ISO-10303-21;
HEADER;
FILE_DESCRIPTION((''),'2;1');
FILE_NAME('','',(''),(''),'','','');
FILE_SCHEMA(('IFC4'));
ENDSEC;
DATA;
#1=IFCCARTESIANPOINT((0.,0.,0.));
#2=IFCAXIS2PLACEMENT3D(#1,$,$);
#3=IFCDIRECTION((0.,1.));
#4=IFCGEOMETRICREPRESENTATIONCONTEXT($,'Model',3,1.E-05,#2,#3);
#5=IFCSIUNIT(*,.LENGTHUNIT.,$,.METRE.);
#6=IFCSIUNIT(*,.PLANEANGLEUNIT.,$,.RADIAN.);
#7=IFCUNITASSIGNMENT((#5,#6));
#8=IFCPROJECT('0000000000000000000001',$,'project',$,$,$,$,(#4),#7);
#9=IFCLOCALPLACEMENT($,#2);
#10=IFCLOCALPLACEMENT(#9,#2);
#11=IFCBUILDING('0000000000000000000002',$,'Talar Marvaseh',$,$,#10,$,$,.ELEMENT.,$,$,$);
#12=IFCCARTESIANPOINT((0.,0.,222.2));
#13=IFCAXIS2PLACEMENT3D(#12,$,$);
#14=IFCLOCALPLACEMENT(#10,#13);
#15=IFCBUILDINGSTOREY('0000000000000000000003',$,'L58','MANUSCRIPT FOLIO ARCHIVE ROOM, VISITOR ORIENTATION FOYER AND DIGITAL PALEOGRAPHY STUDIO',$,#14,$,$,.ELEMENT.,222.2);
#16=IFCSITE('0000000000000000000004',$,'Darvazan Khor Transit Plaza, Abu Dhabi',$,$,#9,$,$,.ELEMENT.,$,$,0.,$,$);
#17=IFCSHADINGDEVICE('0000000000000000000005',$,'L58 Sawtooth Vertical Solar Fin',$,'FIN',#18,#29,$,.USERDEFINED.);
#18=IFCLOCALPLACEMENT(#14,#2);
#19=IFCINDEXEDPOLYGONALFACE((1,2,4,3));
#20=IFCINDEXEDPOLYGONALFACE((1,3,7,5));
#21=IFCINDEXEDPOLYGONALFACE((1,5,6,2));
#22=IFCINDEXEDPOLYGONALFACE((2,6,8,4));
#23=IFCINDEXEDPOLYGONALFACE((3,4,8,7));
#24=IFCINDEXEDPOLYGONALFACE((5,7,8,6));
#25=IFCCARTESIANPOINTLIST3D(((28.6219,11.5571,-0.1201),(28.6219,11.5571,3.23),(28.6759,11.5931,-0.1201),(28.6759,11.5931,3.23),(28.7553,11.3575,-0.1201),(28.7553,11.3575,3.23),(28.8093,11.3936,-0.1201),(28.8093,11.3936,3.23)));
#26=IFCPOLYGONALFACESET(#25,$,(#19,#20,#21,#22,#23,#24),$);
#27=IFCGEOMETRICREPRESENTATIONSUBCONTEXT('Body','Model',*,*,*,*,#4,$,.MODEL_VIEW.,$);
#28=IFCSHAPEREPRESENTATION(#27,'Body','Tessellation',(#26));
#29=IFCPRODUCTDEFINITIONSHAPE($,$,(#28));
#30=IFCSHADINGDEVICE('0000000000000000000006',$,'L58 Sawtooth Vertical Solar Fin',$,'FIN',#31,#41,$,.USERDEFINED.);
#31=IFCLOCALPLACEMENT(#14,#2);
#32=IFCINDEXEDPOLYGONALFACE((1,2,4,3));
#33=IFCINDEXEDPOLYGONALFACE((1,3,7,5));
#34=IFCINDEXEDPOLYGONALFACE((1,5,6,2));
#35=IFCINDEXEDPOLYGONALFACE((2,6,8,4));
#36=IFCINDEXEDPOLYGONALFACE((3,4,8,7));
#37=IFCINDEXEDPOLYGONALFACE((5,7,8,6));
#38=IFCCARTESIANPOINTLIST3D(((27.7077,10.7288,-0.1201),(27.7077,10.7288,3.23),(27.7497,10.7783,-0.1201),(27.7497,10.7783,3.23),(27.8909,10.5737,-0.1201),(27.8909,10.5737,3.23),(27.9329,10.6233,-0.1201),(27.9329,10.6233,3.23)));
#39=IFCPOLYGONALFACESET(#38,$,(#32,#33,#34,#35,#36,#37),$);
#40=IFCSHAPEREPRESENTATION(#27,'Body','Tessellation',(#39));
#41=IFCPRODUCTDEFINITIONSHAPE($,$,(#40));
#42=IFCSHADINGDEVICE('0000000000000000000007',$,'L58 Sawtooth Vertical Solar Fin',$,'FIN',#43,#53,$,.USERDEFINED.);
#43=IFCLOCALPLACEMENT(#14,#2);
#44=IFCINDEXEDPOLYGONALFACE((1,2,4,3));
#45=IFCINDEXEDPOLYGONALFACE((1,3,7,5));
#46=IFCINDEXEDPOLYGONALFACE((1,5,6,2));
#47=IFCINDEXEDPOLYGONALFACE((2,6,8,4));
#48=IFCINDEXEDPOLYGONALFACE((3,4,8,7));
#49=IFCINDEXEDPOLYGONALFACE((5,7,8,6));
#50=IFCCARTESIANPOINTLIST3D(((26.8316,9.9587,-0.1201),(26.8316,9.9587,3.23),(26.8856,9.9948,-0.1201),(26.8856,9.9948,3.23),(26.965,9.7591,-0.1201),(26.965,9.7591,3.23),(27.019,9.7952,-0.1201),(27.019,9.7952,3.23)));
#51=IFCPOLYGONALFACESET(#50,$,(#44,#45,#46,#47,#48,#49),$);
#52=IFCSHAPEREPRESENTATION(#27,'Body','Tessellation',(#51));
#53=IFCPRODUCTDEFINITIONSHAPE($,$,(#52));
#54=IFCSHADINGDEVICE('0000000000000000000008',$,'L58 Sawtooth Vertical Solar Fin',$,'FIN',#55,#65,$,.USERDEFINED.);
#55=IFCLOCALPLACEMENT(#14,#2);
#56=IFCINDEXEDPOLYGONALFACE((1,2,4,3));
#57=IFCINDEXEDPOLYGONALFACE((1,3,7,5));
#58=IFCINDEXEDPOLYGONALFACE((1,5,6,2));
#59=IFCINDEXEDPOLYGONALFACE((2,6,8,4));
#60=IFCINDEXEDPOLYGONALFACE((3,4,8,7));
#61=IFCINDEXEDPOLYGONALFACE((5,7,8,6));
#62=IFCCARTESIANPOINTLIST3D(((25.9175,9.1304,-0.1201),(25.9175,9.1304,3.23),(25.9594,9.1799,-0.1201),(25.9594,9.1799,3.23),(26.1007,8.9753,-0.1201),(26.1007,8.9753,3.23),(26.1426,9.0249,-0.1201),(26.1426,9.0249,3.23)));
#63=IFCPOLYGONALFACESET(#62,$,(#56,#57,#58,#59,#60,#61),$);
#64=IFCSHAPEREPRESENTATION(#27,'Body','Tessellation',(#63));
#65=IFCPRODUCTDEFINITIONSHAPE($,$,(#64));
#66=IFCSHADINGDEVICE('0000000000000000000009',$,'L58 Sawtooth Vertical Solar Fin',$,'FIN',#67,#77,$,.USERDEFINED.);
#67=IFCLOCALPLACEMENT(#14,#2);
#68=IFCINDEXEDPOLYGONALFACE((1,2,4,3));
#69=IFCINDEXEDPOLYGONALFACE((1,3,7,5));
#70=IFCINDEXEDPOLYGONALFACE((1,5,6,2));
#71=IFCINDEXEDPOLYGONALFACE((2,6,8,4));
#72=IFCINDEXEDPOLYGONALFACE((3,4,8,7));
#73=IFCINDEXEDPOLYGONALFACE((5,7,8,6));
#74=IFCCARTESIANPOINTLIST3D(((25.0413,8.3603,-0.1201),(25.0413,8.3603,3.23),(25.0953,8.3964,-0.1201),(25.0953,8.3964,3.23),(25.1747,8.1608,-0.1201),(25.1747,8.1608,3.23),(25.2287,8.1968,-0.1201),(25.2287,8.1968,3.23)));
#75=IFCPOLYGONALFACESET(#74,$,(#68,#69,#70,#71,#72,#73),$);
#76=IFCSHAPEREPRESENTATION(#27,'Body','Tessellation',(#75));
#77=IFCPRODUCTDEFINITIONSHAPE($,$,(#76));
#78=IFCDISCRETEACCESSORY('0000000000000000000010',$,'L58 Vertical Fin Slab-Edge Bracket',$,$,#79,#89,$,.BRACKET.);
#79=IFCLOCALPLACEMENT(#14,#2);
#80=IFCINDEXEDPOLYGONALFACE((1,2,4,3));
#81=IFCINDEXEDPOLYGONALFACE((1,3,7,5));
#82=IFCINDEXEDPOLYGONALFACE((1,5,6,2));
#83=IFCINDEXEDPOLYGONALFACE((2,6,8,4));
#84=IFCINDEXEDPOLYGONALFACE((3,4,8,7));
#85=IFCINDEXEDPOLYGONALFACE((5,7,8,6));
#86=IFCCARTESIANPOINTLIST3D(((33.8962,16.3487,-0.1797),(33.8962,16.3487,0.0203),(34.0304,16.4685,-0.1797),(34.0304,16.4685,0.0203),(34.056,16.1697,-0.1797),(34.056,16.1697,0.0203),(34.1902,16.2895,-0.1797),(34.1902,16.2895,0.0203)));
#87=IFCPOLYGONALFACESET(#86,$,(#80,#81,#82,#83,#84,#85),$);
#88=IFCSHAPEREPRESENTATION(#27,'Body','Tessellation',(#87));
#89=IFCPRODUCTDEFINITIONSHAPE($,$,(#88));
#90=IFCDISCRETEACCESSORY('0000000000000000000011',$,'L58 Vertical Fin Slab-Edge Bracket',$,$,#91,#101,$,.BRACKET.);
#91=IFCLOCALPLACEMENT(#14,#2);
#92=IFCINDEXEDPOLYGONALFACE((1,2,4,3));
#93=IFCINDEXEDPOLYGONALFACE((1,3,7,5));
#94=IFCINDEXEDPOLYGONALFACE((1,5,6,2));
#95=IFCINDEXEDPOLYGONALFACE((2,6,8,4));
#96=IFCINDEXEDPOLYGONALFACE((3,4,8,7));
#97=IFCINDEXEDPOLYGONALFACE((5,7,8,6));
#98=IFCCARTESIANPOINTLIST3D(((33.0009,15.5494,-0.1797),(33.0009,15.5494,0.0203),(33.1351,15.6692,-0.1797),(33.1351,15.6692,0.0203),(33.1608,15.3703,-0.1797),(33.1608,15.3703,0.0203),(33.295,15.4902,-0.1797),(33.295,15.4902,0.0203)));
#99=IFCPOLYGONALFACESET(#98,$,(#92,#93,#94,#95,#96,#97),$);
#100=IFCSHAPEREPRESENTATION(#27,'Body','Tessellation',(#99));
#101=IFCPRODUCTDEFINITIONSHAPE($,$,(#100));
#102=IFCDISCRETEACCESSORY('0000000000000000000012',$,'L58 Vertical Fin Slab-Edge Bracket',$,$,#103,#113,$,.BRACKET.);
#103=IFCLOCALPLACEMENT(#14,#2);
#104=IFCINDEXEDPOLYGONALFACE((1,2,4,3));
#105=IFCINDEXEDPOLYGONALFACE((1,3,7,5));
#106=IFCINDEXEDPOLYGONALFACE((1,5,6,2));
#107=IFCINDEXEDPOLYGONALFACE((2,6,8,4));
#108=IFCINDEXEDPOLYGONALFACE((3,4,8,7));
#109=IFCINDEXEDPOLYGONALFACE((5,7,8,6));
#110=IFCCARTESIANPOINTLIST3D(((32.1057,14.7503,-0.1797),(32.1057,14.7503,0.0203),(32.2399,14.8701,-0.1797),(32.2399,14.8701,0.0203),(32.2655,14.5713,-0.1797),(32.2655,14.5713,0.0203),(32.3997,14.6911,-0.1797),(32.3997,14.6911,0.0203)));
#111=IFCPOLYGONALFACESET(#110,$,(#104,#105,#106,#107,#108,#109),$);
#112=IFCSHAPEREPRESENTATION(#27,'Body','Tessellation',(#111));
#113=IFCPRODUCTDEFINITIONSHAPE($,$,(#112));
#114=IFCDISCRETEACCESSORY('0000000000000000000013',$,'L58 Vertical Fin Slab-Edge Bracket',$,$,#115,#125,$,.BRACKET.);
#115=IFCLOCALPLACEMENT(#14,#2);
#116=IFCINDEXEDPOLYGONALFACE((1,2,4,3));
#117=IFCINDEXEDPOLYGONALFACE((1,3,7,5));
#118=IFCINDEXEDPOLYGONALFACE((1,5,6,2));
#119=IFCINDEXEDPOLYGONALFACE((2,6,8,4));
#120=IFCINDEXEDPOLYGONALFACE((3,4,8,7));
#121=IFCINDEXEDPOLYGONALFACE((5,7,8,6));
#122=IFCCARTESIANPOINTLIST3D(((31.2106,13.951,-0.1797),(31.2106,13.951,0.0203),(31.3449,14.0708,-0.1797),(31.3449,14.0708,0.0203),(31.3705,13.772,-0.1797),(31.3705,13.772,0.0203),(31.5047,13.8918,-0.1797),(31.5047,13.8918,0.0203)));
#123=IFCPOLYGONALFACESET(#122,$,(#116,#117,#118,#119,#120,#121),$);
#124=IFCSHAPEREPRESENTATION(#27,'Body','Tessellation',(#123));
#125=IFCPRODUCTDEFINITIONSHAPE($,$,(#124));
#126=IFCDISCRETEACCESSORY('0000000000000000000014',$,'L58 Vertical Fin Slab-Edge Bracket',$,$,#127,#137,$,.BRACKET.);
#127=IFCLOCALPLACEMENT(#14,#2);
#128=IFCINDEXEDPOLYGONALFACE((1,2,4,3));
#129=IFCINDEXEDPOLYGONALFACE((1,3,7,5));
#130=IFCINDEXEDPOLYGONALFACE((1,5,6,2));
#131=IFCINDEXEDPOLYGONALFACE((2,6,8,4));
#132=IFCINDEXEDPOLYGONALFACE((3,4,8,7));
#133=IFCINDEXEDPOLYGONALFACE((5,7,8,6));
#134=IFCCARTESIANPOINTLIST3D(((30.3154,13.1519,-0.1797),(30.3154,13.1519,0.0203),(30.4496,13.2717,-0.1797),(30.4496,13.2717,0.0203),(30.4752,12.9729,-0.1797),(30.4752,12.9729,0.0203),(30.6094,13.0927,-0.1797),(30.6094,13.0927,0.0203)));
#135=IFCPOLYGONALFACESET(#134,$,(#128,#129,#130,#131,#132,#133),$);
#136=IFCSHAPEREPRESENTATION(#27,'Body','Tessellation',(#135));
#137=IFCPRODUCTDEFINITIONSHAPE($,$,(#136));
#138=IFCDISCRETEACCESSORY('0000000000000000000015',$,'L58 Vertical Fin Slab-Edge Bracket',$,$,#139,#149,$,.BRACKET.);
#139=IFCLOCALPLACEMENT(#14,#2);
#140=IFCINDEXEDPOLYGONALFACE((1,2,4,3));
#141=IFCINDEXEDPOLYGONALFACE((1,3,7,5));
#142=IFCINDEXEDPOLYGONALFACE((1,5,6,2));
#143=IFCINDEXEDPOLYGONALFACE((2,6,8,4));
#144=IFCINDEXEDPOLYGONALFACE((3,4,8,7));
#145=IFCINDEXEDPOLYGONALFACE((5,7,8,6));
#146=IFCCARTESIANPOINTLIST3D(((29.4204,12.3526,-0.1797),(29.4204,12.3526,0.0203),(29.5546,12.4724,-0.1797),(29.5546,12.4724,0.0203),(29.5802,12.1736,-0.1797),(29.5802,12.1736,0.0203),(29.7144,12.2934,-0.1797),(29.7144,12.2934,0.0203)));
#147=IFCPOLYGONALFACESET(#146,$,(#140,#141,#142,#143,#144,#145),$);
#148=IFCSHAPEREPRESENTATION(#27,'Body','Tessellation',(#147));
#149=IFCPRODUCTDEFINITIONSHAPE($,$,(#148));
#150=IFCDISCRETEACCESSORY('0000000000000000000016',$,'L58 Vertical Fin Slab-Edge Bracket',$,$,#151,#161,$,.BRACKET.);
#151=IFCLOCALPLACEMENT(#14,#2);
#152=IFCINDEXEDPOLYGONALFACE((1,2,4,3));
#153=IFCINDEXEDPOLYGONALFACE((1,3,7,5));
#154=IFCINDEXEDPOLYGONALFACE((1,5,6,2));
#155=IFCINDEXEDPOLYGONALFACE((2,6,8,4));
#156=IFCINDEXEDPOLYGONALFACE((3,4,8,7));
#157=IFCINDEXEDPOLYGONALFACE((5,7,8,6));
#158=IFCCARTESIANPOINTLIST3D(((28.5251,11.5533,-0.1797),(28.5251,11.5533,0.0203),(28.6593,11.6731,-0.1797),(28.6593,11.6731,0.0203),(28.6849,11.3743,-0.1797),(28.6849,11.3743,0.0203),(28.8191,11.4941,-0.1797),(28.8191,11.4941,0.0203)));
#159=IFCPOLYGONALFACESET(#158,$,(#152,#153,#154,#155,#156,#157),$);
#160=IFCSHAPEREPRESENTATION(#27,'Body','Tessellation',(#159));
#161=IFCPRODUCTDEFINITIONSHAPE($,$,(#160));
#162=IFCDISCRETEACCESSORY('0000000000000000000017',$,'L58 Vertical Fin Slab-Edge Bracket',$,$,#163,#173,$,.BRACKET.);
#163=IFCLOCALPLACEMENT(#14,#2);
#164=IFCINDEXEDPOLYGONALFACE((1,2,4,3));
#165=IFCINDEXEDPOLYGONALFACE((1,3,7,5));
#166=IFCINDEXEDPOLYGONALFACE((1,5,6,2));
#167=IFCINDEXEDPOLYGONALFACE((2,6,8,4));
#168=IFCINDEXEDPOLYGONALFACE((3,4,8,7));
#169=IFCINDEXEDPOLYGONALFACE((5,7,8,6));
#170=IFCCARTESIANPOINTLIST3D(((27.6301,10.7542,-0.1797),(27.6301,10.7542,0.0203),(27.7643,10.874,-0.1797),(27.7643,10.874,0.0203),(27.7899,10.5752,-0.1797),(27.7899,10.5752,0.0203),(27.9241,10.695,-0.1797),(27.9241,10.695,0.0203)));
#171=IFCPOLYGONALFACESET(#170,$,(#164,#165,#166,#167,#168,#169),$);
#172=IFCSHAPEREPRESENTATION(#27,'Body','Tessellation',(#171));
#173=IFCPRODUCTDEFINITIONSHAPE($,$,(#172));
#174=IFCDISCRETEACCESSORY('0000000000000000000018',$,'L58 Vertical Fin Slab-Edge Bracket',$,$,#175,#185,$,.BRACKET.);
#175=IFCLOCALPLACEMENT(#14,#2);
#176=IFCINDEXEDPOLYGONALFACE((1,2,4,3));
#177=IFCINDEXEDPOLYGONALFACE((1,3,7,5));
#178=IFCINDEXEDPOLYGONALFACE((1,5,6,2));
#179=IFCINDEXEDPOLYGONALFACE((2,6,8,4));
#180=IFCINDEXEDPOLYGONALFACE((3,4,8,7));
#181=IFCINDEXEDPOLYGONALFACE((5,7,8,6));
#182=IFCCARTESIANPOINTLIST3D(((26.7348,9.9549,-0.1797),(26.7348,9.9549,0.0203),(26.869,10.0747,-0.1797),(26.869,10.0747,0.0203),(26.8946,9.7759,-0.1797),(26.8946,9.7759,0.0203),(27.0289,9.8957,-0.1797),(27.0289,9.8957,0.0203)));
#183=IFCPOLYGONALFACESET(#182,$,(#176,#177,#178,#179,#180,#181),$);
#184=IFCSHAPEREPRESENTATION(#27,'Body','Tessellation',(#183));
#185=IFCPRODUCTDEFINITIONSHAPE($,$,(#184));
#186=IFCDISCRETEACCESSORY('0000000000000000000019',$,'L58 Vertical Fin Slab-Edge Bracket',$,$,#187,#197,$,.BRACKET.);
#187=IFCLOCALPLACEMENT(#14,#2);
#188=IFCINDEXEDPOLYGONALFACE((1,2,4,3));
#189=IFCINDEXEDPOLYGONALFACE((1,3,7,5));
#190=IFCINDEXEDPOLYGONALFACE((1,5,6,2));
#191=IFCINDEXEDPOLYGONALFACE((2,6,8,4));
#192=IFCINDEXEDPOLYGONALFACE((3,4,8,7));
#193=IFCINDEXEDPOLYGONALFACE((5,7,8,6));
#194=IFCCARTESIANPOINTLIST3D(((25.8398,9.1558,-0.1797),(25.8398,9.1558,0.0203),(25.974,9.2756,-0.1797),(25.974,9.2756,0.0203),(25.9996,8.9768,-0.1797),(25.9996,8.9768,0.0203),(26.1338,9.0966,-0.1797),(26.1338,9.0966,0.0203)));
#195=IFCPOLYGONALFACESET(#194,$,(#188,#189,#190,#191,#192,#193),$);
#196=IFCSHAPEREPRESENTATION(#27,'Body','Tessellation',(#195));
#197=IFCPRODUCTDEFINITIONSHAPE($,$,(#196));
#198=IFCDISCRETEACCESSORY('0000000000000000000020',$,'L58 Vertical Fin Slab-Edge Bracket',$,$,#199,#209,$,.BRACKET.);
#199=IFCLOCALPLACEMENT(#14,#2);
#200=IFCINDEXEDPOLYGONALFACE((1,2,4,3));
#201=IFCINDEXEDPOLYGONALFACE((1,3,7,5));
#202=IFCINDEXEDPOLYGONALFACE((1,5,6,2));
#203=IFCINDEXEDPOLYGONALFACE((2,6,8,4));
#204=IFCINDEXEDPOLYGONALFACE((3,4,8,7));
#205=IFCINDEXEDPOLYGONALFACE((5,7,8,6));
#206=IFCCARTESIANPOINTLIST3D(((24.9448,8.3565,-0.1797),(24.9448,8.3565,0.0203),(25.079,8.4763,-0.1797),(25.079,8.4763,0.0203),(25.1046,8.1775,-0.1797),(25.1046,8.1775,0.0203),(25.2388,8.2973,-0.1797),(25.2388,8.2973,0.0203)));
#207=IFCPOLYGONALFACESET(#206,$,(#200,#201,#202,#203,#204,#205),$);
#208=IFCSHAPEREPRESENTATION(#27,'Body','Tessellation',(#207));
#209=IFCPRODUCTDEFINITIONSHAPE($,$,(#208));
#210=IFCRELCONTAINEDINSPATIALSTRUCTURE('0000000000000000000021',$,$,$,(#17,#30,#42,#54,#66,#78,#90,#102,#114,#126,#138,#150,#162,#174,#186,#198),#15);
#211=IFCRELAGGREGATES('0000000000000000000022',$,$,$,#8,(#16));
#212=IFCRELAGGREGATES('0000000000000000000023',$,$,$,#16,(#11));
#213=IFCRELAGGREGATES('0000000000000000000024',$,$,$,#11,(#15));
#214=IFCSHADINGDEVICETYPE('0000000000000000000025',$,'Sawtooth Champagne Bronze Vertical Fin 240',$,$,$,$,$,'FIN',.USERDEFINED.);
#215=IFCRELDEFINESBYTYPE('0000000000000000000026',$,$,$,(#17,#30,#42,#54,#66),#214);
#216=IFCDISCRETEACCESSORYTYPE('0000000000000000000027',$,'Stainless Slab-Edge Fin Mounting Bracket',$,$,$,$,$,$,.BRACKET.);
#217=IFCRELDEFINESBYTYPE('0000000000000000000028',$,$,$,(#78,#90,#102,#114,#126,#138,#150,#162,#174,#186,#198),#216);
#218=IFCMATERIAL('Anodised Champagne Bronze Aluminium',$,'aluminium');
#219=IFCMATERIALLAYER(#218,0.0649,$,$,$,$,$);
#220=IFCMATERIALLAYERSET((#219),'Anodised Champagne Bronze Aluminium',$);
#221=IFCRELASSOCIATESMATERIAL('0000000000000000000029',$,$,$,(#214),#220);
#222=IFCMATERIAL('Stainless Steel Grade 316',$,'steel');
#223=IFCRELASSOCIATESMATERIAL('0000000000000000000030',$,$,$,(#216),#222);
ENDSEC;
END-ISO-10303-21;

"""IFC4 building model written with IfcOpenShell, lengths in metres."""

from ifc_helpers import new_model, si_unit, direction, frame, origin, origin_2d, place, context, subcontext, project, spatial, rectangle, extrude, source, transform, mapped, material, layer, layer_set, type_object, type_shapes, element, save


model = new_model("IFC4")

# Units and contexts
model_context = context("Model", 3, precision=1e-05, world=origin(), true_north=direction((0.0, 1.0)))
body_context = subcontext(model_context, "Body", "Model", "MODEL_VIEW")
ifc_project = project(units=[si_unit("LENGTHUNIT", "METRE"), si_unit("PLANEANGLEUNIT", "RADIAN")], contexts=[model_context])

# Site, building, storey
site_placement = place(None, origin())
site = spatial("IfcSite", under=ifc_project, at=site_placement, Name="Darvazan Khor Transit Plaza, Abu Dhabi", CompositionType="ELEMENT", RefElevation=0.0)
building_placement = place(site_placement, origin())
building = spatial("IfcBuilding", under=site, at=building_placement, Name="Talar Marvaseh", CompositionType="ELEMENT")
storey_placement = place(building_placement, frame((0.0, 0.0, 222.2)))
storey = spatial("IfcBuildingStorey", under=building, at=storey_placement, Name="L58", Description="MANUSCRIPT FOLIO ARCHIVE ROOM, VISITOR ORIENTATION FOYER AND DIGITAL PALEOGRAPHY STUDIO", CompositionType="ELEMENT", Elevation=222.2)

# Shading devices
ifc_material_1 = material(Name="Anodised Champagne Bronze Aluminium", Category="aluminium")
ifc_layer_1 = layer(ifc_material_1, 0.0649)
ifc_layer_set_1 = layer_set([ifc_layer_1], Name="Anodised Champagne Bronze Aluminium")
shading_device_type = type_object("IfcShadingDeviceType", Name="Sawtooth Champagne Bronze Vertical Fin 240", ElementType="FIN", PredefinedType="USERDEFINED", material=ifc_layer_set_1)
shared_shape_1 = source(origin(), body_context, "Body", "SweptSolid", [
    extrude(rectangle(XDim=0.24, YDim=0.0649, at=origin_2d()), origin(), (0.0, 0.0, 1.0), 3.3501),
])
type_shapes(shading_device_type, [shared_shape_1])
for number, where, z_axis, x_axis, name in (
    (1, (28.7156, 11.4753, -0.1201), (0.0, 0.0, 1.0), (0.555715, -0.831373, 0.0), "L58 Sawtooth Vertical Solar Fin"),
    (2, (27.8203, 10.676, -0.1201), (0.0, 0.0, 1.0), (0.763345, -0.645991, 0.0), "L58 Sawtooth Vertical Solar Fin"),
    (3, (26.9253, 9.877, -0.1201), (0.0, 0.0, 1.0), (0.555715, -0.831373, 0.0), "L58 Sawtooth Vertical Solar Fin"),
    (4, (26.03, 9.0776, -0.1201), (0.0, 0.0, 1.0), (0.763345, -0.645991, 0.0), "L58 Sawtooth Vertical Solar Fin"),
    (5, (25.135, 8.2786, -0.1201), (0.0, 0.0, 1.0), (0.555715, -0.831373, 0.0), "L58 Sawtooth Vertical Solar Fin"),
):
    element("IfcShadingDevice", number, at=place(storey_placement, frame(where, z_axis=z_axis, x_axis=x_axis)), inside=storey, type_object=shading_device_type, Name=name, ObjectType="FIN", PredefinedType="USERDEFINED", context=body_context, shape_type="MappedRepresentation", body=[
        mapped(shared_shape_1, transform((0.0, 0.0, 0.0), x_axis=(1.0, 0.0, 0.0), y_axis=(0.0, 1.0, 0.0), z_axis=(0.0, 0.0, 1.0), scale=1.0)),
    ])

# Discrete accessories
ifc_material_2 = material(Name="Stainless Steel Grade 316", Category="steel")
discrete_accessory_type = type_object("IfcDiscreteAccessoryType", Name="Stainless Slab-Edge Fin Mounting Bracket", PredefinedType="BRACKET", material=ifc_material_2)
shared_shape_2 = source(origin(), body_context, "Body", "SweptSolid", [
    extrude(rectangle(XDim=0.24, YDim=0.1799, at=origin_2d()), origin(), (0.0, 0.0, 1.0), 0.2),
])
type_shapes(discrete_accessory_type, [shared_shape_2])
for number, where, z_axis, x_axis, name in (
    (6, (34.0432, 16.3191, -0.1797), (0.0, 0.0, 1.0), (0.666012, -0.745941, 0.0), "L58 Vertical Fin Slab-Edge Bracket"),
    (7, (33.1479, 15.5198, -0.1797), (0.0, 0.0, 1.0), (0.666012, -0.745941, 0.0), "L58 Vertical Fin Slab-Edge Bracket"),
    (8, (32.2527, 14.7207, -0.1797), (0.0, 0.0, 1.0), (0.666012, -0.745941, 0.0), "L58 Vertical Fin Slab-Edge Bracket"),
    (9, (31.3577, 13.9214, -0.1797), (0.0, 0.0, 1.0), (0.666012, -0.745941, 0.0), "L58 Vertical Fin Slab-Edge Bracket"),
    (10, (30.4624, 13.1223, -0.1797), (0.0, 0.0, 1.0), (0.666012, -0.745941, 0.0), "L58 Vertical Fin Slab-Edge Bracket"),
    (11, (29.5674, 12.323, -0.1797), (0.0, 0.0, 1.0), (0.666012, -0.745941, 0.0), "L58 Vertical Fin Slab-Edge Bracket"),
    (12, (28.6721, 11.5237, -0.1797), (0.0, 0.0, 1.0), (0.666012, -0.745941, 0.0), "L58 Vertical Fin Slab-Edge Bracket"),
    (13, (27.7771, 10.7246, -0.1797), (0.0, 0.0, 1.0), (0.666012, -0.745941, 0.0), "L58 Vertical Fin Slab-Edge Bracket"),
    (14, (26.8818, 9.9253, -0.1797), (0.0, 0.0, 1.0), (0.666012, -0.745941, 0.0), "L58 Vertical Fin Slab-Edge Bracket"),
    (15, (25.9868, 9.1262, -0.1797), (0.0, 0.0, 1.0), (0.666012, -0.745941, 0.0), "L58 Vertical Fin Slab-Edge Bracket"),
    (16, (25.0918, 8.3269, -0.1797), (0.0, 0.0, 1.0), (0.666012, -0.745941, 0.0), "L58 Vertical Fin Slab-Edge Bracket"),
):
    element("IfcDiscreteAccessory", number, at=place(storey_placement, frame(where, z_axis=z_axis, x_axis=x_axis)), inside=storey, type_object=discrete_accessory_type, Name=name, PredefinedType="BRACKET", context=body_context, shape_type="MappedRepresentation", body=[
        mapped(shared_shape_2, transform((0.0, 0.0, 0.0), x_axis=(1.0, 0.0, 0.0), y_axis=(0.0, 1.0, 0.0), z_axis=(0.0, 0.0, 1.0), scale=1.0)),
    ])

save(model, "model.ifc")
